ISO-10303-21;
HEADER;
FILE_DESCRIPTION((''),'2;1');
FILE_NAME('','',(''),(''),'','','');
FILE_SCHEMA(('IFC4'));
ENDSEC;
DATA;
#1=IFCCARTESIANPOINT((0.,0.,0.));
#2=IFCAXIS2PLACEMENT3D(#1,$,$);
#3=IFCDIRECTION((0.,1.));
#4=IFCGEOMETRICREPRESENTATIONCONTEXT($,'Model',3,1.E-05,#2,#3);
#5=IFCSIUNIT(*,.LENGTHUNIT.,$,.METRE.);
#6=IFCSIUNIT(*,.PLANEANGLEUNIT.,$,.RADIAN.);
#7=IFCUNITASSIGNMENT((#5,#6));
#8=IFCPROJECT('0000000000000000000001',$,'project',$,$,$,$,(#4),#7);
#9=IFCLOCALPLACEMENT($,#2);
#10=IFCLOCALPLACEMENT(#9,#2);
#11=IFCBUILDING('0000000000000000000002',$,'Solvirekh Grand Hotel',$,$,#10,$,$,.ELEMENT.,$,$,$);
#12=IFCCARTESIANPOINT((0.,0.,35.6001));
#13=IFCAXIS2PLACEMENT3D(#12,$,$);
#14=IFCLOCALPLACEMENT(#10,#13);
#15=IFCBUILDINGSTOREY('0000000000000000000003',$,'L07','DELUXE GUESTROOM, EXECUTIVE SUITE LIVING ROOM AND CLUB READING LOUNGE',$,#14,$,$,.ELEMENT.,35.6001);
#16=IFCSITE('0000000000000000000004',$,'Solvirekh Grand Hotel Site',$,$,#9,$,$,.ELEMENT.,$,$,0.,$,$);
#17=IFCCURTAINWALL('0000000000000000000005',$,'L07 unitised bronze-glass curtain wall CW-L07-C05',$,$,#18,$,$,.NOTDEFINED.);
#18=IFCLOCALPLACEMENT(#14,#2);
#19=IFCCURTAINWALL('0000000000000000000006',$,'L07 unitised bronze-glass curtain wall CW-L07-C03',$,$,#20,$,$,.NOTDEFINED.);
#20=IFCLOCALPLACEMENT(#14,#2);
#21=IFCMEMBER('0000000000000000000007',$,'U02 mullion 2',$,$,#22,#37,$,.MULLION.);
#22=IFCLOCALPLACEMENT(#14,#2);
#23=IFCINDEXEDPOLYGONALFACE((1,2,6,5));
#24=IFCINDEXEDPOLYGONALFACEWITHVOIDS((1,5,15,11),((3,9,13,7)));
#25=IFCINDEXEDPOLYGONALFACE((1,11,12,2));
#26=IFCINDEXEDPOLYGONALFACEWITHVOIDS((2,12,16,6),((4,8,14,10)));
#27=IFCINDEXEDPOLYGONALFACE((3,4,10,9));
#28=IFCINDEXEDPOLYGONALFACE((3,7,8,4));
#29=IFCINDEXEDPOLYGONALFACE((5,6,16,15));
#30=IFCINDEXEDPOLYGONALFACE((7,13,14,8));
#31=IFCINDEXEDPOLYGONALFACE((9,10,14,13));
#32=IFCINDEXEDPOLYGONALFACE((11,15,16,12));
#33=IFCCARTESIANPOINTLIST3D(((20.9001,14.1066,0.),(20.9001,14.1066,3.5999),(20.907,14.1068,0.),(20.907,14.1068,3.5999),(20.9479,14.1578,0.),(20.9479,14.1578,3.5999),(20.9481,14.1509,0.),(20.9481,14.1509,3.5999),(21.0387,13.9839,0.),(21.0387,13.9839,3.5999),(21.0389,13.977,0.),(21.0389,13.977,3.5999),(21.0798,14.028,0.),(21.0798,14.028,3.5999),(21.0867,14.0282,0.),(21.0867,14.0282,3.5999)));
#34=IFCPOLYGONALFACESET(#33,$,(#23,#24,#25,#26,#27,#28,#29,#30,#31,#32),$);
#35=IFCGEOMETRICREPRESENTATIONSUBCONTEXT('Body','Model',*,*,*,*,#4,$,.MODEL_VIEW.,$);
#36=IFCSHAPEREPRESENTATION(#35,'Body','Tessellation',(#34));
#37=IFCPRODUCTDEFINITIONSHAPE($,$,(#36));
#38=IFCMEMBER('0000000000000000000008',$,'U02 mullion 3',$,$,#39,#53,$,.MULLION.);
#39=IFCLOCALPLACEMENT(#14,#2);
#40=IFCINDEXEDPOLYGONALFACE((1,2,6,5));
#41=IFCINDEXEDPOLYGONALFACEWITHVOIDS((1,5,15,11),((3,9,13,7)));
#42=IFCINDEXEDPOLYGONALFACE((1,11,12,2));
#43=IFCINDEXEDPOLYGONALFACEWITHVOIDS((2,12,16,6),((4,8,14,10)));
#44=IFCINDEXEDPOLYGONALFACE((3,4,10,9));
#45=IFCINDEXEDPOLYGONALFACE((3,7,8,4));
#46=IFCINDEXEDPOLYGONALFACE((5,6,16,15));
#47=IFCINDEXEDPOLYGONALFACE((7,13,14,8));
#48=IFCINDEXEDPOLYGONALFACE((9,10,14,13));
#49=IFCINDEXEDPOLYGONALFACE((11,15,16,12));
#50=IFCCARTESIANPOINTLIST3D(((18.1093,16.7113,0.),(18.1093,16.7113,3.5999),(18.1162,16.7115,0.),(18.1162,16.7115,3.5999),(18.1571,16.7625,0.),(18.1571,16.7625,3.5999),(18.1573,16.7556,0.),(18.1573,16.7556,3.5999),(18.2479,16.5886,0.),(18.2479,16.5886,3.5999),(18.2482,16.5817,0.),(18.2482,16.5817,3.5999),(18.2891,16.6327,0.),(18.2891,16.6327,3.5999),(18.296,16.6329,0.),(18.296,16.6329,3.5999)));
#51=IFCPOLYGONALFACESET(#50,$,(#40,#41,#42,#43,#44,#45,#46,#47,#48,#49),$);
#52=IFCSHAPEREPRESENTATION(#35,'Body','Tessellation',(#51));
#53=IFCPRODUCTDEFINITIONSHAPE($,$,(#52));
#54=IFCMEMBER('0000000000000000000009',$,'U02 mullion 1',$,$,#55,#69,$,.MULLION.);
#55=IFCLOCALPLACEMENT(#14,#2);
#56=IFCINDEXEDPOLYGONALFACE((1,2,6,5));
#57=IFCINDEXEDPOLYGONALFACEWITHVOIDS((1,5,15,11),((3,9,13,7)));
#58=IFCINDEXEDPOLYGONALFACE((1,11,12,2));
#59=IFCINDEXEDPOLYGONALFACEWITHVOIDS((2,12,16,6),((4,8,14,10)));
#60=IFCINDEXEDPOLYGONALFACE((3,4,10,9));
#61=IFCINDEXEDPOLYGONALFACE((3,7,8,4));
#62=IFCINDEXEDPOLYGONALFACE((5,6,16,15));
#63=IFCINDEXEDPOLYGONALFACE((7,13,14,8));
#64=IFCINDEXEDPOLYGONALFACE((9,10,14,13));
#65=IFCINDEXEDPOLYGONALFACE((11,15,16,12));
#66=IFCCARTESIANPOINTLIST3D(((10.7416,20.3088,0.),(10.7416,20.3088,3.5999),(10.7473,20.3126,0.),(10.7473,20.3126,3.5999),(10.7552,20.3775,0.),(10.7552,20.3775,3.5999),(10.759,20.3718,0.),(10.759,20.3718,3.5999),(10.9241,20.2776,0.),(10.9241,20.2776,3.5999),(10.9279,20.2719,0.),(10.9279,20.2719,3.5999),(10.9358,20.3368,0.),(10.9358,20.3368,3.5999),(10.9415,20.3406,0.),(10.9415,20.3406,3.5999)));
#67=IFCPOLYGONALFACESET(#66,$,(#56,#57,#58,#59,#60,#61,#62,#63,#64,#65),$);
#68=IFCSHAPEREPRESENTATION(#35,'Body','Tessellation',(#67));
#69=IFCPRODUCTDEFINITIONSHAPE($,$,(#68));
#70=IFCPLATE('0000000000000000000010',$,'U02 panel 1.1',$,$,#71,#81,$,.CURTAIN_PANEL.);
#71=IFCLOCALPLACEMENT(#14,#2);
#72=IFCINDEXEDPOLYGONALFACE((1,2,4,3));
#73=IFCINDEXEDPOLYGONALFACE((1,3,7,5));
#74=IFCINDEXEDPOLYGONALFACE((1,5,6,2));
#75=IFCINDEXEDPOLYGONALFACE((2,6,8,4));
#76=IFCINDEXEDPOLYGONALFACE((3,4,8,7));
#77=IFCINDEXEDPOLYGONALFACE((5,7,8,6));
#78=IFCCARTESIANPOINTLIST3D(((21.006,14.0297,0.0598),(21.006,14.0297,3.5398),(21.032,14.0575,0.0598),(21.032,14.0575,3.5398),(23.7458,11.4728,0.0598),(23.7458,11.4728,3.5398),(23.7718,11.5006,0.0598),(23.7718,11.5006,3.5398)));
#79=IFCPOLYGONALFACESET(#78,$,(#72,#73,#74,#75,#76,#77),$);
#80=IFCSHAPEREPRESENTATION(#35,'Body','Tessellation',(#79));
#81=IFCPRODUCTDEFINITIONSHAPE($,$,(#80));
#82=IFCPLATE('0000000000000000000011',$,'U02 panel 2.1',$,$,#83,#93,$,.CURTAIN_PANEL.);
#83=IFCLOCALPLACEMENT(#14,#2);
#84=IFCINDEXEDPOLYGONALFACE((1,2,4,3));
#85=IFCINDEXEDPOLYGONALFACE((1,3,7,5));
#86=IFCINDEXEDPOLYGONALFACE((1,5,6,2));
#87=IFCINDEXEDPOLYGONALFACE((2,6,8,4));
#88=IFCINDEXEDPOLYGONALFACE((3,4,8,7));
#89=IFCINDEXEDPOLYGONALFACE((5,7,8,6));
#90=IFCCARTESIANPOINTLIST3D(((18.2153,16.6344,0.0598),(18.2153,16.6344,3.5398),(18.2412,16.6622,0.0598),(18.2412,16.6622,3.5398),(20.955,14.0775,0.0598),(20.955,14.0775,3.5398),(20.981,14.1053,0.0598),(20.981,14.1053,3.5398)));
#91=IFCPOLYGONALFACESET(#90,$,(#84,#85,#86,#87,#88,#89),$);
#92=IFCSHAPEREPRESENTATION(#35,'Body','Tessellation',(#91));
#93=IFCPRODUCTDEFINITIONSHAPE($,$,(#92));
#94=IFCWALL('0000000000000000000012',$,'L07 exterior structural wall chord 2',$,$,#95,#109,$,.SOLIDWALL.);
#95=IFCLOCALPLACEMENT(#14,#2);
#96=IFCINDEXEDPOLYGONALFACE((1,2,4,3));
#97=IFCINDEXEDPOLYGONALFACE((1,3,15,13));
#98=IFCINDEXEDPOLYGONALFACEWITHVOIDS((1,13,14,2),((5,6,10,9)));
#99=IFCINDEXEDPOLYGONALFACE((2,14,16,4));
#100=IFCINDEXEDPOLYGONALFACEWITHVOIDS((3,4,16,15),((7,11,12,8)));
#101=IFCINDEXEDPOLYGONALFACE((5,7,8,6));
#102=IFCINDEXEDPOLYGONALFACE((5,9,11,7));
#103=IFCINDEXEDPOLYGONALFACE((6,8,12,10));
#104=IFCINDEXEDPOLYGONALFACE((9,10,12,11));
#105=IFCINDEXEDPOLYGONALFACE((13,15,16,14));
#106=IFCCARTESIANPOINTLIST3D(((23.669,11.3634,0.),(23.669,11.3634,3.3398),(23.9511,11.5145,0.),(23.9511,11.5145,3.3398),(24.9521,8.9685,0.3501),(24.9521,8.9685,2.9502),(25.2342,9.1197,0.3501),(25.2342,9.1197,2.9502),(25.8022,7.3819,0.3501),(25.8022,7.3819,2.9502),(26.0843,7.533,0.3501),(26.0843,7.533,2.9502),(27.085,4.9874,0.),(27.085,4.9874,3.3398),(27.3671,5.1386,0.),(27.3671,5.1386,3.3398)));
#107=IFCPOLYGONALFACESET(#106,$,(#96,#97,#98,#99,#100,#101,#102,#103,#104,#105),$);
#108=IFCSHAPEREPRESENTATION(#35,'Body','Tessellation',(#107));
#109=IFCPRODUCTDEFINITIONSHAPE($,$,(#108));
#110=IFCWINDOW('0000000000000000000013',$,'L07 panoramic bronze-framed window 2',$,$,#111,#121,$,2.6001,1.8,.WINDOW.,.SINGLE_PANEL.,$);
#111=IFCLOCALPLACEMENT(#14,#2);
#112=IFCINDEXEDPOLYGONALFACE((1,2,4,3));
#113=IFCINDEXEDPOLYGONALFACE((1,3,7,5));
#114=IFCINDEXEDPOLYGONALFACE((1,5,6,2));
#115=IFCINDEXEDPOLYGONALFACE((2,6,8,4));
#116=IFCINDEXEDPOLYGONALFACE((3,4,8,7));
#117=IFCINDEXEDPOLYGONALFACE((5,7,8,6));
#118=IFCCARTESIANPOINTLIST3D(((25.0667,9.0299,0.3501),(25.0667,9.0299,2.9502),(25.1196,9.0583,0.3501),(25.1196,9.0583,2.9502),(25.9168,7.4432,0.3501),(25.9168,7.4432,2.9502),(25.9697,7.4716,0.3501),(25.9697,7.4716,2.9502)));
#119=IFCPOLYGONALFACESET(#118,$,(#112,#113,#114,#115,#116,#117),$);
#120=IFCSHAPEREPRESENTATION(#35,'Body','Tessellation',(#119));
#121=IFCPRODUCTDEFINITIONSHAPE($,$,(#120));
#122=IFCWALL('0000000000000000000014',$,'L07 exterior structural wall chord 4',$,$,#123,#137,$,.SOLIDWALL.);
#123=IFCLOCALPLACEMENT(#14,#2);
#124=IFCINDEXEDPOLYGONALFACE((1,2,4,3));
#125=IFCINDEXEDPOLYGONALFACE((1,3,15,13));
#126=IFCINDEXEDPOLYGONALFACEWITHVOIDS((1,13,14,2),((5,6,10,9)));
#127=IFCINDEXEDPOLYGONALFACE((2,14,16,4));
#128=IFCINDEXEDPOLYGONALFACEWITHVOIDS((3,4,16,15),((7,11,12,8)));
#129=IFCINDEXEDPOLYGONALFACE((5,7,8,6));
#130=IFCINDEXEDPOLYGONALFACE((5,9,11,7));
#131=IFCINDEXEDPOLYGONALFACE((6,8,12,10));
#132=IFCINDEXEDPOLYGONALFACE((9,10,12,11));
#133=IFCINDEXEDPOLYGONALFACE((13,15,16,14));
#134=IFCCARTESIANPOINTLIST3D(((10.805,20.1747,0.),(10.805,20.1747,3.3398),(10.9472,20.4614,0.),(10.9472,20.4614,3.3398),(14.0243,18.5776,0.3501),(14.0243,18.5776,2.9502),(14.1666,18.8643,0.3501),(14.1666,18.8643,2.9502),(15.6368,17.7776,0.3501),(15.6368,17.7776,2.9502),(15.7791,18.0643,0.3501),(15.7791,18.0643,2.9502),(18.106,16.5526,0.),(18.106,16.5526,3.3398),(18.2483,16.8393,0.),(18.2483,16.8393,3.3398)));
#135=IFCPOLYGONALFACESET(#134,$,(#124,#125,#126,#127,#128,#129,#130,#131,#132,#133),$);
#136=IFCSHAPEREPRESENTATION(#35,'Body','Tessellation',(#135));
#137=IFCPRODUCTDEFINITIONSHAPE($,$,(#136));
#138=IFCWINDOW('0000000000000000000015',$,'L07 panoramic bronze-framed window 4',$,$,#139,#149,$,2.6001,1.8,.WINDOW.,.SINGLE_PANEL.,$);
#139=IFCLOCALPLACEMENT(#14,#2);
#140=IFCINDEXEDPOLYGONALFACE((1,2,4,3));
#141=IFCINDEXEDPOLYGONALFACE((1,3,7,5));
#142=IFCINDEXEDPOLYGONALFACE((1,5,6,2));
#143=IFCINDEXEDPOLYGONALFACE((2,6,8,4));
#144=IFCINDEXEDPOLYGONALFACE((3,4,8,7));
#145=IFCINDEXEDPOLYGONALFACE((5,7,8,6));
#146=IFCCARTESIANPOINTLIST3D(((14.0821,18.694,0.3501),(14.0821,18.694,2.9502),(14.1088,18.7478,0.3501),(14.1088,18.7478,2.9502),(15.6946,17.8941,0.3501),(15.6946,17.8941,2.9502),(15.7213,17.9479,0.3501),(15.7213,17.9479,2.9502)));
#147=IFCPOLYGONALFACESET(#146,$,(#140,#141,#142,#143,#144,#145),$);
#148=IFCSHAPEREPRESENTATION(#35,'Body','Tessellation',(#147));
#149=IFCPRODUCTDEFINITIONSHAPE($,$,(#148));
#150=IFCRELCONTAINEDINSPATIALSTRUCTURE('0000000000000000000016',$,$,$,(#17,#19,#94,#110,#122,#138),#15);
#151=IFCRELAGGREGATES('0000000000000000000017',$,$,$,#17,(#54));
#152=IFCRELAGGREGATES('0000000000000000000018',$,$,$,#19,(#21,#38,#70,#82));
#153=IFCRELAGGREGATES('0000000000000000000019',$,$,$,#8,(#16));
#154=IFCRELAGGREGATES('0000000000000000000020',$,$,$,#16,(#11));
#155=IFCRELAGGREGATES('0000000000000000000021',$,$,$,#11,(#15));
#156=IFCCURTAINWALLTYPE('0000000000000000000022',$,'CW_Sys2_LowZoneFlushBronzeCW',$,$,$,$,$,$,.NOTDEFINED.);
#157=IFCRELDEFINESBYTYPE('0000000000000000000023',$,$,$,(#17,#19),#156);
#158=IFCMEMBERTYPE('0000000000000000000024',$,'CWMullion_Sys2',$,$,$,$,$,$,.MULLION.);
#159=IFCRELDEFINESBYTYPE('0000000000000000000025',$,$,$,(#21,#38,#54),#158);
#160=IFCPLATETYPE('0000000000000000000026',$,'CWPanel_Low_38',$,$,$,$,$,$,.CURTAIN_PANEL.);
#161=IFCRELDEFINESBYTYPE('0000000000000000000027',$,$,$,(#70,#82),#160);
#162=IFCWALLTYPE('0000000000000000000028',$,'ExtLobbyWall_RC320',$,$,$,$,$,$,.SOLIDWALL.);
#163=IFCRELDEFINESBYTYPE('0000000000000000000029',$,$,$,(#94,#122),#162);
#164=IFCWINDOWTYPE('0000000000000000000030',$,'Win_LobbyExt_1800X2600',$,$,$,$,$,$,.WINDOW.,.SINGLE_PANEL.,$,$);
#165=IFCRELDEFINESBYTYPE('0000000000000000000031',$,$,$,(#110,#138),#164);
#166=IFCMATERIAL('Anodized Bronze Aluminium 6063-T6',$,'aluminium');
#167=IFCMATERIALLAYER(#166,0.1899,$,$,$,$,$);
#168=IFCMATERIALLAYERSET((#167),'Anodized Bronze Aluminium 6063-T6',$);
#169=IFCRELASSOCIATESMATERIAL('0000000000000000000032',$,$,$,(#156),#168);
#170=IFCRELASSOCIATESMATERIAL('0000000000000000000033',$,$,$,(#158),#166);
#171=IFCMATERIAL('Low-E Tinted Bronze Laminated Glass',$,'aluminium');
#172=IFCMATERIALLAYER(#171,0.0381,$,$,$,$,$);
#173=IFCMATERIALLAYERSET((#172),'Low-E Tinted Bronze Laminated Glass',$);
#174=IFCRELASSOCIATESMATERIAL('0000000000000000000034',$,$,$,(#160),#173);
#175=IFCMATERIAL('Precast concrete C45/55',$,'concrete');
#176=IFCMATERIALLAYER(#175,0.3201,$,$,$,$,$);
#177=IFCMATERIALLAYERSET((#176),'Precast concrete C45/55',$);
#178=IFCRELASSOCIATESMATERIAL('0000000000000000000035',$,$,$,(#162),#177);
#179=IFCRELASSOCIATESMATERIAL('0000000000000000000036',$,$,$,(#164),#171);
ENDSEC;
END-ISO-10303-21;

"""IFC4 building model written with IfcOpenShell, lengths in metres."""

from ifc_helpers import new_model, si_unit, direction, frame, frame_2d, origin, origin_2d, place, context, subcontext, project, spatial, rectangle, hollow_rectangle, extrude, source, transform, mapped, material, layer, layer_set, material_profile, profile_set, type_object, element, fill, aggregate, save


model = new_model("IFC4")

# Units and contexts
model_context = context("Model", 3, precision=1e-05, world=origin(), true_north=direction((0.0, 1.0)))
body_context = subcontext(model_context, "Body", "Model", "MODEL_VIEW")
ifc_project = project(units=[si_unit("LENGTHUNIT", "METRE"), si_unit("PLANEANGLEUNIT", "RADIAN")], contexts=[model_context])

# Site, building, storey
site_placement = place(None, origin())
site = spatial("IfcSite", under=ifc_project, at=site_placement, Name="Solvirekh Grand Hotel Site", CompositionType="ELEMENT", RefElevation=0.0)
building_placement = place(site_placement, origin())
building = spatial("IfcBuilding", under=site, at=building_placement, Name="Solvirekh Grand Hotel", CompositionType="ELEMENT")
storey_placement = place(building_placement, frame((0.0, 0.0, 35.6001)))
storey = spatial("IfcBuildingStorey", under=building, at=storey_placement, Name="L07", Description="DELUXE GUESTROOM, EXECUTIVE SUITE LIVING ROOM AND CLUB READING LOUNGE", CompositionType="ELEMENT", Elevation=35.6001)

# Curtain walls, members
ifc_material_1 = material(Name="Anodized Bronze Aluminium 6063-T6", Category="aluminium")
ifc_layer_1 = layer(ifc_material_1, 0.1899)
ifc_layer_set_1 = layer_set([ifc_layer_1], Name="Anodized Bronze Aluminium 6063-T6")
curtain_wall_type = type_object("IfcCurtainWallType", Name="CW_Sys2_LowZoneFlushBronzeCW", PredefinedType="NOTDEFINED", material=ifc_layer_set_1)
curtain_wall_1_placement = place(storey_placement, origin())
curtain_wall_1 = element("IfcCurtainWall", 1, at=curtain_wall_1_placement, inside=storey, type_object=curtain_wall_type, Name="L07 unitised bronze-glass curtain wall CW-L07-C05", PredefinedType="NOTDEFINED")
curtain_wall_2_placement = place(storey_placement, origin())
curtain_wall_2 = element("IfcCurtainWall", 2, at=curtain_wall_2_placement, inside=storey, type_object=curtain_wall_type, Name="L07 unitised bronze-glass curtain wall CW-L07-C03", PredefinedType="NOTDEFINED")
ifc_material_profile_1 = material_profile(ifc_material_1, hollow_rectangle(XDim=0.0701, YDim=0.1899, WallThickness=0.0049, at=origin_2d()), Name="ALU RHS 190X70X5")
ifc_profile_set_1 = profile_set([ifc_material_profile_1], Name="Anodized Bronze Aluminium 6063-T6")
member_type_1 = type_object("IfcMemberType", Name="CWMullion_Sys2", PredefinedType="MULLION", material=ifc_profile_set_1)
shared_shape_1 = source(origin(), body_context, "Body", "SweptSolid", [
    extrude(hollow_rectangle(XDim=0.0701, YDim=0.1899, WallThickness=0.0049, at=origin_2d()), origin(), (0.0, 0.0, 1.0), 3.5999),
])
member_1_placement = place(storey_placement, frame((20.9934, 14.0674, 0.0), z_axis=(0.0, 0.0, 1.0), x_axis=(-0.682286, -0.731085, 0.0)))
member_1 = element("IfcMember", 3, at=member_1_placement, type_object=member_type_1, Name="U02 mullion 2", PredefinedType="MULLION", context=body_context, shape_type="MappedRepresentation", body=[
    mapped(shared_shape_1, transform((0.0, 0.0, 0.0), x_axis=(1.0, 0.0, 0.0), y_axis=(0.0, 1.0, 0.0), z_axis=(0.0, 0.0, 1.0), scale=1.0)),
])
member_2_placement = place(storey_placement, frame((18.2026, 16.6721, 0.0), z_axis=(0.0, 0.0, 1.0), x_axis=(-0.682286, -0.731085, 0.0)))
member_2 = element("IfcMember", 4, at=member_2_placement, type_object=member_type_1, Name="U02 mullion 3", PredefinedType="MULLION", context=body_context, shape_type="MappedRepresentation", body=[
    mapped(shared_shape_1, transform((0.0, 0.0, 0.0), x_axis=(1.0, 0.0, 0.0), y_axis=(0.0, 1.0, 0.0), z_axis=(0.0, 0.0, 1.0), scale=1.0)),
])

# Member
member_3_placement = place(storey_placement, frame((10.8416, 20.3247, 0.0), z_axis=(0.0, 0.0, 1.0), x_axis=(-0.194104, -0.980981, 0.0)))
member_3 = element("IfcMember", 5, at=member_3_placement, type_object=member_type_1, Name="U02 mullion 1", PredefinedType="MULLION", context=body_context, shape_type="MappedRepresentation", body=[
    mapped(shared_shape_1, transform((0.0, 0.0, 0.0), x_axis=(1.0, 0.0, 0.0), y_axis=(0.0, 1.0, 0.0), z_axis=(0.0, 0.0, 1.0), scale=1.0)),
])
aggregate(curtain_wall_1, [member_3])

# Plates
ifc_material_2 = material(Name="Low-E Tinted Bronze Laminated Glass", Category="aluminium")
ifc_layer_2 = layer(ifc_material_2, 0.0381)
ifc_layer_set_2 = layer_set([ifc_layer_2], Name="Low-E Tinted Bronze Laminated Glass")
plate_type = type_object("IfcPlateType", Name="CWPanel_Low_38", PredefinedType="CURTAIN_PANEL", material=ifc_layer_set_2)
shared_shape_2 = source(origin(), body_context, "Body", "SweptSolid", [
    extrude(rectangle(XDim=3.7476, YDim=0.0381, at=origin_2d()), origin(), (0.0, 0.0, 1.0), 3.48),
])
plate_1_placement = place(storey_placement, frame((22.3889, 12.7651, 0.0598), z_axis=(0.0, 0.0, 1.0), x_axis=(-0.731085, 0.682286, 0.0)))
plate_1 = element("IfcPlate", 6, at=plate_1_placement, type_object=plate_type, Name="U02 panel 1.1", PredefinedType="CURTAIN_PANEL", context=body_context, shape_type="MappedRepresentation", body=[
    mapped(shared_shape_2, transform((0.0, 0.0, 0.0), x_axis=(1.0, 0.0, 0.0), y_axis=(0.0, 1.0, 0.0), z_axis=(0.0, 0.0, 1.0), scale=1.0)),
])
plate_2_placement = place(storey_placement, frame((19.5981, 15.3699, 0.0598), z_axis=(0.0, 0.0, 1.0), x_axis=(-0.731085, 0.682286, 0.0)))
plate_2 = element("IfcPlate", 7, at=plate_2_placement, type_object=plate_type, Name="U02 panel 2.1", PredefinedType="CURTAIN_PANEL", context=body_context, shape_type="MappedRepresentation", body=[
    mapped(shared_shape_2, transform((0.0, 0.0, 0.0), x_axis=(1.0, 0.0, 0.0), y_axis=(0.0, 1.0, 0.0), z_axis=(0.0, 0.0, 1.0), scale=1.0)),
])
aggregate(curtain_wall_2, [member_1, member_2, plate_1, plate_2])

# Walls, openings, windows
ifc_material_3 = material(Name="Precast concrete C45/55", Category="concrete")
ifc_layer_3 = layer(ifc_material_3, 0.3201)
ifc_layer_set_3 = layer_set([ifc_layer_3], Name="Precast concrete C45/55")
wall_type_1 = type_object("IfcWallType", Name="ExtLobbyWall_RC320", PredefinedType="SOLIDWALL", material=ifc_layer_set_3)
wall_1_placement = place(storey_placement, frame((23.8101, 11.439, 0.0), z_axis=(0.0, 0.0, 1.0), x_axis=(0.472255, -0.881462, 0.0)))
wall_1 = element("IfcWall", 8, at=wall_1_placement, inside=storey, type_object=wall_type_1, Name="L07 exterior structural wall chord 2", PredefinedType="SOLIDWALL", context=body_context, shape_type="SweptSolid", body=[
    extrude(rectangle(XDim=7.2334, YDim=0.3201, at=frame_2d((3.6167, 0.0))), origin(), (0.0, 0.0, 1.0), 3.3398),
])
opening_1_placement = place(wall_1_placement, frame((2.717, 0.0, 0.3501)))
opening_1 = element("IfcOpeningElement", 9, at=opening_1_placement, cuts=wall_1, PredefinedType="OPENING", context=body_context, shape_type="SweptSolid", body=[
    extrude(rectangle(XDim=1.8, YDim=2.6001, at=frame_2d((0.8999, 1.3))), frame((0.0, 0.1699, 0.0), z_axis=(0.0, -1.0, 0.0), x_axis=(1.0, 0.0, 0.0)), (0.0, 0.0, 1.0), 0.3401),
])
window_type = type_object("IfcWindowType", Name="Win_LobbyExt_1800X2600", PartitioningType="SINGLE_PANEL", PredefinedType="WINDOW", material=ifc_material_2)
window_1_placement = place(opening_1_placement, origin())
window_1 = element("IfcWindow", 10, at=window_1_placement, inside=storey, type_object=window_type, Name="L07 panoramic bronze-framed window 2", OverallHeight=2.6001, OverallWidth=1.8, PartitioningType="SINGLE_PANEL", PredefinedType="WINDOW", context=body_context, shape_type="SweptSolid", body=[
    extrude(rectangle(XDim=1.8, YDim=2.6001, at=frame_2d((0.8999, 1.3))), frame((0.0, 0.03, 0.0), z_axis=(0.0, -1.0, 0.0), x_axis=(1.0, 0.0, 0.0)), (0.0, 0.0, 1.0), 0.0601),
])
fill(opening_1, window_1)
wall_2_placement = place(storey_placement, frame((10.876, 20.3181, 0.0), z_axis=(0.0, 0.0, 1.0), x_axis=(0.895819, -0.44442, 0.0)))
wall_2 = element("IfcWall", 11, at=wall_2_placement, inside=storey, type_object=wall_type_1, Name="L07 exterior structural wall chord 4", PredefinedType="SOLIDWALL", context=body_context, shape_type="SweptSolid", body=[
    extrude(rectangle(XDim=8.1501, YDim=0.3201, at=frame_2d((4.0752, 0.0))), origin(), (0.0, 0.0, 1.0), 3.3398),
])
opening_2_placement = place(wall_2_placement, frame((3.594, 0.0, 0.3501)))
opening_2 = element("IfcOpeningElement", 12, at=opening_2_placement, cuts=wall_2, PredefinedType="OPENING", context=body_context, shape_type="SweptSolid", body=[
    extrude(rectangle(XDim=1.8, YDim=2.6001, at=frame_2d((0.8999, 1.3))), frame((0.0, 0.1699, 0.0), z_axis=(0.0, -1.0, 0.0), x_axis=(1.0, 0.0, 0.0)), (0.0, 0.0, 1.0), 0.3401),
])
window_2_placement = place(opening_2_placement, origin())
window_2 = element("IfcWindow", 13, at=window_2_placement, inside=storey, type_object=window_type, Name="L07 panoramic bronze-framed window 4", OverallHeight=2.6001, OverallWidth=1.8, PartitioningType="SINGLE_PANEL", PredefinedType="WINDOW", context=body_context, shape_type="SweptSolid", body=[
    extrude(rectangle(XDim=1.8, YDim=2.6001, at=frame_2d((0.8999, 1.3))), frame((0.0, 0.03, 0.0), z_axis=(0.0, -1.0, 0.0), x_axis=(1.0, 0.0, 0.0)), (0.0, 0.0, 1.0), 0.0601),
])
fill(opening_2, window_2)

save(model, "model.ifc")
